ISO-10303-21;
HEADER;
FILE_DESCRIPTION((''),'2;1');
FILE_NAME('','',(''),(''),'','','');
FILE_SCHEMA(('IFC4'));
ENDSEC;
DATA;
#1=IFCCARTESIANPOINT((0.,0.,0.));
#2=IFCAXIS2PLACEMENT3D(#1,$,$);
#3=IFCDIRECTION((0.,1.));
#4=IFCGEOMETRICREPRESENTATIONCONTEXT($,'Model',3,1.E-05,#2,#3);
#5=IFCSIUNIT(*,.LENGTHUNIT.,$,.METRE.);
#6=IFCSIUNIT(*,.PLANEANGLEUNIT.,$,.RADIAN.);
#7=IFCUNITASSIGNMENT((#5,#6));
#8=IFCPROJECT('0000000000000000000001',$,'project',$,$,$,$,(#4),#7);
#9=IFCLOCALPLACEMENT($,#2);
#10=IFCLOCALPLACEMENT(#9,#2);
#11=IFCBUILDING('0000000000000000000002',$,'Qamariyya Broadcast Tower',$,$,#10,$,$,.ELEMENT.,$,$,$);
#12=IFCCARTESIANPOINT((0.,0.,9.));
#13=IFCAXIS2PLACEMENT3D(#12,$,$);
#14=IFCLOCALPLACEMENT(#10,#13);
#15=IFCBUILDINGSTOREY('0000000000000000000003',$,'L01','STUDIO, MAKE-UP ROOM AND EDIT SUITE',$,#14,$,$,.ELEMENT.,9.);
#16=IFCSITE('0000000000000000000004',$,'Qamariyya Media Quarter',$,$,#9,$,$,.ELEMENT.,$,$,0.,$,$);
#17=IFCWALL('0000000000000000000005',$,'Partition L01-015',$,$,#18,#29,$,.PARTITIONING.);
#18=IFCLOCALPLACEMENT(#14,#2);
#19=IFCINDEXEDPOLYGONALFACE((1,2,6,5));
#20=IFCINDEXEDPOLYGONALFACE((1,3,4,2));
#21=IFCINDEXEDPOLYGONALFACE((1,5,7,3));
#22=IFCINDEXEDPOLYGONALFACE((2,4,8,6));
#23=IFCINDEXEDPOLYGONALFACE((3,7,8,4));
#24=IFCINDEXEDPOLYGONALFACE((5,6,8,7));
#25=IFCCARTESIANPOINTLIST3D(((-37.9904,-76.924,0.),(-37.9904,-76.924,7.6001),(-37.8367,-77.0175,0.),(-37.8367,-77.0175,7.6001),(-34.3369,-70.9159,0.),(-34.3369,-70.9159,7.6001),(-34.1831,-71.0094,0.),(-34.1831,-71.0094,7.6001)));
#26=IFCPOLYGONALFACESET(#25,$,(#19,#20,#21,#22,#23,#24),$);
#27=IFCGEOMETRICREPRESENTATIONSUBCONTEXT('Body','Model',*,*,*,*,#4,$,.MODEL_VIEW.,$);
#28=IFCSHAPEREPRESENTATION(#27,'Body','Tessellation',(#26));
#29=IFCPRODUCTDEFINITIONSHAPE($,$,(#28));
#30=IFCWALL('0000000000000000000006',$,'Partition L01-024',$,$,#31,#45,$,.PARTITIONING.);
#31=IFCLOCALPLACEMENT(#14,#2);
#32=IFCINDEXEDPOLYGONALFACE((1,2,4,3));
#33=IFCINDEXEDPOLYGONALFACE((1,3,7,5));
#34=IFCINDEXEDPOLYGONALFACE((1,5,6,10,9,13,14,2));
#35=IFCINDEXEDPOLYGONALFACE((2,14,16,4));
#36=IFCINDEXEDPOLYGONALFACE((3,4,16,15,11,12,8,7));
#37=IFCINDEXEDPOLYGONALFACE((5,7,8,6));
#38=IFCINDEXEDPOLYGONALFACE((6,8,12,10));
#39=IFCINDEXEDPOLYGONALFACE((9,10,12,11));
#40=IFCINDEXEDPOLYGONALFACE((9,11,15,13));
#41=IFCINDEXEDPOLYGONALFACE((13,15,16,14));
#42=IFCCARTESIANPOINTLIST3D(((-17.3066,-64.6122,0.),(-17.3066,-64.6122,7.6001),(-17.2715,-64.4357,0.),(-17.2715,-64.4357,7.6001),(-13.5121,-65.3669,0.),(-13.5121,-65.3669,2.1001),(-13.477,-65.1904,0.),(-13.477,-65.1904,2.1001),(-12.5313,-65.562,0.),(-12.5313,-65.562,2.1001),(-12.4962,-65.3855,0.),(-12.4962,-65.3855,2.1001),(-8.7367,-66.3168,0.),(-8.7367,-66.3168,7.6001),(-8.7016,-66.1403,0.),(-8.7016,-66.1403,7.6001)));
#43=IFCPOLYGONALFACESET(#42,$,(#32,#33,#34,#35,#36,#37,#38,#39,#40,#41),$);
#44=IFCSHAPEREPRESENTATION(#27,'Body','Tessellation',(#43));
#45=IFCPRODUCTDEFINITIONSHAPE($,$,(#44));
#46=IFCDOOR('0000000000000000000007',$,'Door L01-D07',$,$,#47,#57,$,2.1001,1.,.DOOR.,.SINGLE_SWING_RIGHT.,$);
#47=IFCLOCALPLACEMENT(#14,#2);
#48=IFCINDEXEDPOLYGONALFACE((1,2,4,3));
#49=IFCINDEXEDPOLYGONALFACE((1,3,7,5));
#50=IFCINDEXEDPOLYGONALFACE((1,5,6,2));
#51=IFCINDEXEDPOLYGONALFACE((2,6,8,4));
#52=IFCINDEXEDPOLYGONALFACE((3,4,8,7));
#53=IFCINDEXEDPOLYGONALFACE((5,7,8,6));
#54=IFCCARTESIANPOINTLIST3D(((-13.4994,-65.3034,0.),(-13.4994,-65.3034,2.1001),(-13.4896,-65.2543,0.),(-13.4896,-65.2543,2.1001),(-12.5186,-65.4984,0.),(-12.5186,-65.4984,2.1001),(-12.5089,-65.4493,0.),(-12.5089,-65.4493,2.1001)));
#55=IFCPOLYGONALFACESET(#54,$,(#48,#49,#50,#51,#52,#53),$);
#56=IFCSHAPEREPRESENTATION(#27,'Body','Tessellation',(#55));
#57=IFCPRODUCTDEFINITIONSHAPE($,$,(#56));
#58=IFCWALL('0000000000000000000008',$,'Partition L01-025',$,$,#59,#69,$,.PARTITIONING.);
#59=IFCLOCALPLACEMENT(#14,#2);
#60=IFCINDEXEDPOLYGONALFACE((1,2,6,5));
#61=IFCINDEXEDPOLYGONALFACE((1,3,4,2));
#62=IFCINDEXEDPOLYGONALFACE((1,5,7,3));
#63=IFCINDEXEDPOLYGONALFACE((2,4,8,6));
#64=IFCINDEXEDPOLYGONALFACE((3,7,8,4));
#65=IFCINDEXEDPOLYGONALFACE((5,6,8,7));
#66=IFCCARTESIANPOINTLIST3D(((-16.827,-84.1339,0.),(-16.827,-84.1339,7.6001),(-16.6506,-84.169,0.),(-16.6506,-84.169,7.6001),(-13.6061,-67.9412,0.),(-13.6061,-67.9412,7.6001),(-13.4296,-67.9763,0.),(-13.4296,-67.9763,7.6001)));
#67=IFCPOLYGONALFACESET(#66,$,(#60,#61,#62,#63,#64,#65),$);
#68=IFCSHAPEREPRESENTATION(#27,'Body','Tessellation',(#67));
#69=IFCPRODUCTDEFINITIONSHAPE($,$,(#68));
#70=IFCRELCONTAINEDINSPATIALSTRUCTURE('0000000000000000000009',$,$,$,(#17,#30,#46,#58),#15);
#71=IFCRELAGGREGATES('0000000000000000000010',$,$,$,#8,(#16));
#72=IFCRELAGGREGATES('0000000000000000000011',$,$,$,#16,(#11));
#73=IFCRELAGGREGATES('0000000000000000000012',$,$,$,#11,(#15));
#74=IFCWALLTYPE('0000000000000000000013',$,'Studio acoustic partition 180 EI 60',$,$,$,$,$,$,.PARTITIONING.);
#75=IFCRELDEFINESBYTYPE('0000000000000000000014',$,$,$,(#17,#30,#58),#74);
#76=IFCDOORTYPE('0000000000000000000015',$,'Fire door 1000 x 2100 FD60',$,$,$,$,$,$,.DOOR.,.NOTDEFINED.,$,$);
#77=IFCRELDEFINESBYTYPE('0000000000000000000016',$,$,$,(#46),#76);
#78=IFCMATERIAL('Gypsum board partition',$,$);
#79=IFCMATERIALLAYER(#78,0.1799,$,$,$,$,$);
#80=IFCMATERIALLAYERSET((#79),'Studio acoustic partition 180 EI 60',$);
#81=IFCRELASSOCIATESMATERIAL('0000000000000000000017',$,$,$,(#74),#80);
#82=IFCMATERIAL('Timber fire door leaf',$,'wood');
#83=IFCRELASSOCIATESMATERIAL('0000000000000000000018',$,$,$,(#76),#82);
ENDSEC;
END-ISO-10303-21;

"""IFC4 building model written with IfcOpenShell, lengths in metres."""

from ifc_helpers import new_model, si_unit, direction, frame, frame_2d, origin, place, context, subcontext, project, spatial, rectangle, extrude, material, layer, layer_set, type_object, element, fill, save


model = new_model("IFC4")

# Units and contexts
model_context = context("Model", 3, precision=1e-05, world=origin(), true_north=direction((0.0, 1.0)))
body_context = subcontext(model_context, "Body", "Model", "MODEL_VIEW")
ifc_project = project(units=[si_unit("LENGTHUNIT", "METRE"), si_unit("PLANEANGLEUNIT", "RADIAN")], contexts=[model_context])

# Site, building, storey
site_placement = place(None, origin())
site = spatial("IfcSite", under=ifc_project, at=site_placement, Name="Qamariyya Media Quarter", CompositionType="ELEMENT", RefElevation=0.0)
building_placement = place(site_placement, origin())
building = spatial("IfcBuilding", under=site, at=building_placement, Name="Qamariyya Broadcast Tower", CompositionType="ELEMENT")
storey_placement = place(building_placement, frame((0.0, 0.0, 9.0)))
storey = spatial("IfcBuildingStorey", under=building, at=storey_placement, Name="L01", Description="STUDIO, MAKE-UP ROOM AND EDIT SUITE", CompositionType="ELEMENT", Elevation=9.0)

# Shared definitions
ifc_material_1 = material(Name="Gypsum board partition")
ifc_layer_1 = layer(ifc_material_1, 0.1799)
ifc_layer_set_1 = layer_set([ifc_layer_1], Name="Studio acoustic partition 180 EI 60")
wall_type_1 = type_object("IfcWallType", Name="Studio acoustic partition 180 EI 60", PredefinedType="PARTITIONING", material=ifc_layer_set_1)
ifc_material_2 = material(Name="Timber fire door leaf", Category="wood")
door_type = type_object("IfcDoorType", Name="Fire door 1000 x 2100 FD60", OperationType="NOTDEFINED", PredefinedType="DOOR", material=ifc_material_2)

# Wall
wall_1_placement = place(storey_placement, frame((-34.26, -70.9626, 0.0), z_axis=(0.0, 0.0, 1.0), x_axis=(-0.519582, -0.85442, 0.0)))
element("IfcWall", 1, at=wall_1_placement, inside=storey, type_object=wall_type_1, Name="Partition L01-015", PredefinedType="PARTITIONING", context=body_context, shape_type="SweptSolid", body=[
    extrude(rectangle(XDim=7.0317, YDim=0.1799, at=frame_2d((3.5159, 0.0))), origin(), (0.0, 0.0, 1.0), 7.6001),
])

# Wall, opening, door
wall_2_placement = place(storey_placement, frame((-17.2891, -64.5239, 0.0), z_axis=(0.0, 0.0, 1.0), x_axis=(0.980786, -0.195084, 0.0)))
wall_2 = element("IfcWall", 2, at=wall_2_placement, inside=storey, type_object=wall_type_1, Name="Partition L01-024", PredefinedType="PARTITIONING", context=body_context, shape_type="SweptSolid", body=[
    extrude(rectangle(XDim=8.7378, YDim=0.1799, at=frame_2d((4.3689, 0.0))), origin(), (0.0, 0.0, 1.0), 7.6001),
])
opening_1_placement = place(wall_2_placement, frame((3.8689, 0.0, 0.0)))
opening_1 = element("IfcOpeningElement", 3, at=opening_1_placement, cuts=wall_2, PredefinedType="OPENING", context=body_context, shape_type="SweptSolid", body=[
    extrude(rectangle(XDim=1.0, YDim=2.1001, at=frame_2d((0.5, 1.05))), frame((0.0, 0.0999, 0.0), z_axis=(0.0, -1.0, 0.0), x_axis=(1.0, 0.0, 0.0)), (0.0, 0.0, 1.0), 0.2),
])
door_1_placement = place(opening_1_placement, origin())
door_1 = element("IfcDoor", 4, at=door_1_placement, inside=storey, type_object=door_type, Name="Door L01-D07", OperationType="SINGLE_SWING_RIGHT", OverallHeight=2.1001, OverallWidth=1.0, PredefinedType="DOOR", context=body_context, shape_type="SweptSolid", body=[
    extrude(rectangle(XDim=1.0, YDim=2.1001, at=frame_2d((0.5, 1.05))), frame((0.0, 0.0249, 0.0), z_axis=(0.0, -1.0, 0.0), x_axis=(1.0, 0.0, 0.0)), (0.0, 0.0, 1.0), 0.05),
])
fill(opening_1, door_1)

# Wall
wall_3_placement = place(storey_placement, frame((-16.7388, -84.1514, 0.0), z_axis=(0.0, 0.0, 1.0), x_axis=(0.195089, 0.980785, 0.0)))
element("IfcWall", 5, at=wall_3_placement, inside=storey, type_object=wall_type_1, Name="Partition L01-025", PredefinedType="PARTITIONING", context=body_context, shape_type="SweptSolid", body=[
    extrude(rectangle(XDim=16.51, YDim=0.1799, at=frame_2d((8.2549, 0.0))), origin(), (0.0, 0.0, 1.0), 7.6001),
])

save(model, "model.ifc")
